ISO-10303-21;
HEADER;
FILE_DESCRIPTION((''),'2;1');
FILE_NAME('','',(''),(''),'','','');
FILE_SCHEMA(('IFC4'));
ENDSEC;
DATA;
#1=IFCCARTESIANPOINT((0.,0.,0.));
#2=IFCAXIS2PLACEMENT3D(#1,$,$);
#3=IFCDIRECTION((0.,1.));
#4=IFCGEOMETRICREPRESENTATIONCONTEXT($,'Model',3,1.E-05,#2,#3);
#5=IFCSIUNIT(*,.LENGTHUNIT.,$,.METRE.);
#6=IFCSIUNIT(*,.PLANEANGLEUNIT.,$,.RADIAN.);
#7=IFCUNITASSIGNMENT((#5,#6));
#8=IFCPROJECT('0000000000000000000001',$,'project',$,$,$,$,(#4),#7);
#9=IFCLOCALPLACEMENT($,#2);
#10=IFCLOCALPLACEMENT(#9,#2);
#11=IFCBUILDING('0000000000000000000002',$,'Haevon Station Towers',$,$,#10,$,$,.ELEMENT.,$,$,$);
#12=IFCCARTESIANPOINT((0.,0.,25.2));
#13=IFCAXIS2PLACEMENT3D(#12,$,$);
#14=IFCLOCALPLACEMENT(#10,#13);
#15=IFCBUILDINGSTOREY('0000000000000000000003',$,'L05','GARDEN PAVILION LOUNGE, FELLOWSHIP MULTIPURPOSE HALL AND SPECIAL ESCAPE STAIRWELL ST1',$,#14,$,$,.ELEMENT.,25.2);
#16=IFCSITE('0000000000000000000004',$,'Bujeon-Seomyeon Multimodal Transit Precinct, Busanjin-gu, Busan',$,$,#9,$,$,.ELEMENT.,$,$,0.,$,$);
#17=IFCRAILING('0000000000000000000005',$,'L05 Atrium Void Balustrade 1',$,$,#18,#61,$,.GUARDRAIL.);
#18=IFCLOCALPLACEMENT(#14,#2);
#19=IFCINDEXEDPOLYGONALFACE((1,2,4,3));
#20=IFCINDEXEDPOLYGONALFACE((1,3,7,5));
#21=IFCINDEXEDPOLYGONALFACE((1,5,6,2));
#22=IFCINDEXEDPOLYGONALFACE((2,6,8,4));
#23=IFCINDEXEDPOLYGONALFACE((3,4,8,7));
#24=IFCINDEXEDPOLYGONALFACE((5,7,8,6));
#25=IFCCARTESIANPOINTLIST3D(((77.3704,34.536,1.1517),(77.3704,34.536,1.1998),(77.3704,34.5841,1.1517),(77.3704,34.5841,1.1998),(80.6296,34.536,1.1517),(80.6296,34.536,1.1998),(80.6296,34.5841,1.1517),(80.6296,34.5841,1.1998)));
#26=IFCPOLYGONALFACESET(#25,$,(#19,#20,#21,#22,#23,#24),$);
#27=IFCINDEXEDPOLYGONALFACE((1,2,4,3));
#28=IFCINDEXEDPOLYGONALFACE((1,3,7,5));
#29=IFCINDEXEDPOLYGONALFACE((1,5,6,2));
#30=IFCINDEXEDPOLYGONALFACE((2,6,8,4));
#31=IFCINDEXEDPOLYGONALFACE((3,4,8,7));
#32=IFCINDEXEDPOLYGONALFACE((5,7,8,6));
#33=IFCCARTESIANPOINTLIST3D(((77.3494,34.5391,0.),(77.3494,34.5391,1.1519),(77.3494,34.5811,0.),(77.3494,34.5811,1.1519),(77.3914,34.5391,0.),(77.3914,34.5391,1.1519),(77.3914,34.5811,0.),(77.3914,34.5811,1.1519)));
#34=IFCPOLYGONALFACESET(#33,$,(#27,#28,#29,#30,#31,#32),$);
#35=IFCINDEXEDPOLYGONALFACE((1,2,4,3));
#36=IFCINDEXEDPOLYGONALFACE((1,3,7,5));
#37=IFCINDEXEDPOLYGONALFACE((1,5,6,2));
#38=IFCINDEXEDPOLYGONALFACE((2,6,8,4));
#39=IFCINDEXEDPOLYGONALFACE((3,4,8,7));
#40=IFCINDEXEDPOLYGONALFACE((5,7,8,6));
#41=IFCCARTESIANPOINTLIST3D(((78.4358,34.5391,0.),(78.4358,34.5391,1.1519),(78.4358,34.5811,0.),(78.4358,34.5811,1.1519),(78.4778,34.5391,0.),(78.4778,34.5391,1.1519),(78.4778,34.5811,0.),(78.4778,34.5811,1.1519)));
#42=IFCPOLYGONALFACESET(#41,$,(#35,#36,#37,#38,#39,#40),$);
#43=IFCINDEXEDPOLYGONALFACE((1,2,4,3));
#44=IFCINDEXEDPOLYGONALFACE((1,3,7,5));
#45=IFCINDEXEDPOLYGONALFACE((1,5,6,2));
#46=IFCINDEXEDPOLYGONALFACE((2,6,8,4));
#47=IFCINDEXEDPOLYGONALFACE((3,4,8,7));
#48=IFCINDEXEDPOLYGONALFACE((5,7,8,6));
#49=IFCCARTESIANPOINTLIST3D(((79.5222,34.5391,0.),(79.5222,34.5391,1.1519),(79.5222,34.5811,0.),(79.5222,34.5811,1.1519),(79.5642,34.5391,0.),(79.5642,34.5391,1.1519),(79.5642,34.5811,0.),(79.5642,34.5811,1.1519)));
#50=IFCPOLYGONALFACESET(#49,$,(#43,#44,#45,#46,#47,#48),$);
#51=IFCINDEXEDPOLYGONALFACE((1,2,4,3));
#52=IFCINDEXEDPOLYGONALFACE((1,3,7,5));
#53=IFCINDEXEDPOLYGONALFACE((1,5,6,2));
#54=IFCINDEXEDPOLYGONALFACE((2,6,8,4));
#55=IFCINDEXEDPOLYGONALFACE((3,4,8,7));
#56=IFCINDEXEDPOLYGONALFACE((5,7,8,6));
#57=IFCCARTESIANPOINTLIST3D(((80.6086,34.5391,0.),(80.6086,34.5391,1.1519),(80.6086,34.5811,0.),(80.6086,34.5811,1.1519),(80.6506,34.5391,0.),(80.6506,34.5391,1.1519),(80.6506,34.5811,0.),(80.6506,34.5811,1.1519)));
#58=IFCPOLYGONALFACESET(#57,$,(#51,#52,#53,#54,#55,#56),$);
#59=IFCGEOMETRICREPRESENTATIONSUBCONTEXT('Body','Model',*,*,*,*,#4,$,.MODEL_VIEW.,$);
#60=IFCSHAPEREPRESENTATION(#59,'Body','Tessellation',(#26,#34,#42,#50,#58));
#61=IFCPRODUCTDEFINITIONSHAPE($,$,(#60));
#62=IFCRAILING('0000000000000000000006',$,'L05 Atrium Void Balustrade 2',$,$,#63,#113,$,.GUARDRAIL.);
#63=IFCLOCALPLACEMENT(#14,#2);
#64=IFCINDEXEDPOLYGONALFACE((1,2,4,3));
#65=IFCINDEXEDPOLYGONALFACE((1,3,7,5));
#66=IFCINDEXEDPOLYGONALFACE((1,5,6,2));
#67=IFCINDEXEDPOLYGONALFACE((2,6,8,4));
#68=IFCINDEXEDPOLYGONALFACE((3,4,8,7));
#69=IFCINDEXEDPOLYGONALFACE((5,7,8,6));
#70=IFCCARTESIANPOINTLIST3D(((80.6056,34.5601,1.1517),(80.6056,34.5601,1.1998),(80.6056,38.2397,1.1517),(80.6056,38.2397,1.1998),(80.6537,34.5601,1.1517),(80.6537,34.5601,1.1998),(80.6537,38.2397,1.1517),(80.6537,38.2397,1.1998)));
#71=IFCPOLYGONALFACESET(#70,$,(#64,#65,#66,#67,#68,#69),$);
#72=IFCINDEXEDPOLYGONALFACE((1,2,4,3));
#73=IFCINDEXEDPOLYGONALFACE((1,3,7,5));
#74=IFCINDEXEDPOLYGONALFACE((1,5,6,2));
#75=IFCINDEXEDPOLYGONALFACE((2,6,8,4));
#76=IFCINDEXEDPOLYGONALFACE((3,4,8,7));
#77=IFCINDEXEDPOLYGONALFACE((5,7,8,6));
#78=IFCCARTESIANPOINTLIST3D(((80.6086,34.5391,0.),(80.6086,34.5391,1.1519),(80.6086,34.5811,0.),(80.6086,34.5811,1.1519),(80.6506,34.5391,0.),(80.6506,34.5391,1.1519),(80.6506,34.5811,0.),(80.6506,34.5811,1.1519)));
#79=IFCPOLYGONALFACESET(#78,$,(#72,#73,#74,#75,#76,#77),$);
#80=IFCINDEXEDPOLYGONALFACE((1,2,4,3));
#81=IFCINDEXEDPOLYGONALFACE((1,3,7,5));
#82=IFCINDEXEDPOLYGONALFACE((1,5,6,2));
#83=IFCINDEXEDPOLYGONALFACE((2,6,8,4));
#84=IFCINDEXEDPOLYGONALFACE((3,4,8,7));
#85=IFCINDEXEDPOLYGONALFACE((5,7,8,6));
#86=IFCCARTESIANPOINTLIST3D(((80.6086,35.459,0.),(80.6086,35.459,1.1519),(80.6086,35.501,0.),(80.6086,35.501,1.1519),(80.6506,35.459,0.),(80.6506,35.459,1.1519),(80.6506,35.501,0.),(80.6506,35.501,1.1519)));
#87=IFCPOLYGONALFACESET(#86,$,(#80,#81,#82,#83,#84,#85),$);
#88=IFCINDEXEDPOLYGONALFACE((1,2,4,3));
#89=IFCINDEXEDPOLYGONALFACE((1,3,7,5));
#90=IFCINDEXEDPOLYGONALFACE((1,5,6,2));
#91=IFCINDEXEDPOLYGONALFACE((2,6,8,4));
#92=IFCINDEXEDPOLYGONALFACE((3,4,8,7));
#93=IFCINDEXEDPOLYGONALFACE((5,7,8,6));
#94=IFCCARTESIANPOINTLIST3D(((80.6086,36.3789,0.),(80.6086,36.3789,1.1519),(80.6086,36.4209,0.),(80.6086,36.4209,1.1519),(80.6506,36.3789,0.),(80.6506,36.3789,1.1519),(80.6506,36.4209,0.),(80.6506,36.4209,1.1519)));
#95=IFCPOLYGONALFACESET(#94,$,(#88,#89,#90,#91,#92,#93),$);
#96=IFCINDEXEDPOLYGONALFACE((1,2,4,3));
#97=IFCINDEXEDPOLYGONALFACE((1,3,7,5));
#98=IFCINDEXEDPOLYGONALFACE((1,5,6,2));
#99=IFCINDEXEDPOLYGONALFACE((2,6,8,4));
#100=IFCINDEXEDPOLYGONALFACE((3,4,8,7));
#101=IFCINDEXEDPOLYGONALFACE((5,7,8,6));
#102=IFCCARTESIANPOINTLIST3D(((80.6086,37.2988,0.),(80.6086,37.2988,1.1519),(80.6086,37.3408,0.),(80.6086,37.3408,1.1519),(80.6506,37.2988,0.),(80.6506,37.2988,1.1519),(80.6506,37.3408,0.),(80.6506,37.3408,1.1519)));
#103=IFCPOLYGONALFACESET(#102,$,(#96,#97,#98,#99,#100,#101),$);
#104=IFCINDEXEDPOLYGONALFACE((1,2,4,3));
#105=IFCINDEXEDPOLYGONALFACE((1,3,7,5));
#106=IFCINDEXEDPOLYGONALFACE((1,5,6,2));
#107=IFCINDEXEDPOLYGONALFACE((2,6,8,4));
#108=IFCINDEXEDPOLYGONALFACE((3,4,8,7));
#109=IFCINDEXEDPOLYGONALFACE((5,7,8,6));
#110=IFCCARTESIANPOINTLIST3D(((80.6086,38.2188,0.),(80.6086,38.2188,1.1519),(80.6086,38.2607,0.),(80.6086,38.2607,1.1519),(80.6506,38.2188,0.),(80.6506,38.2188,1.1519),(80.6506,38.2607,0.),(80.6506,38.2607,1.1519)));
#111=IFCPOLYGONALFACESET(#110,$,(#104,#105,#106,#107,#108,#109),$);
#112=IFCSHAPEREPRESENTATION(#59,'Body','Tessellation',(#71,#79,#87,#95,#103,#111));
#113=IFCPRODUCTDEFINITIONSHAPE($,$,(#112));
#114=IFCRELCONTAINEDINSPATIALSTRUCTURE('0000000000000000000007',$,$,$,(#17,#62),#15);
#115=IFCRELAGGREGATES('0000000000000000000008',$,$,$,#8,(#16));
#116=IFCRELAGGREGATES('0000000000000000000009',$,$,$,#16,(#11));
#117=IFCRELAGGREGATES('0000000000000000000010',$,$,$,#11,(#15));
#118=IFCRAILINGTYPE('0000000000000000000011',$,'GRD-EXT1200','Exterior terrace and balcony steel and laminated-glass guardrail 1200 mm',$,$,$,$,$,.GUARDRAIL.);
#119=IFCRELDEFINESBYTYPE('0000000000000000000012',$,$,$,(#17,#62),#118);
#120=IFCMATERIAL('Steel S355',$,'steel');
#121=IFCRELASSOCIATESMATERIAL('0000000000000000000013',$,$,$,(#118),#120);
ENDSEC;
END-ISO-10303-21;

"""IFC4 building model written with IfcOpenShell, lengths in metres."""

from ifc_helpers import new_model, si_unit, direction, frame, origin, origin_2d, place, context, subcontext, project, spatial, rectangle, extrude, material, type_object, element, save


model = new_model("IFC4")

# Units and contexts
model_context = context("Model", 3, precision=1e-05, world=origin(), true_north=direction((0.0, 1.0)))
body_context = subcontext(model_context, "Body", "Model", "MODEL_VIEW")
ifc_project = project(units=[si_unit("LENGTHUNIT", "METRE"), si_unit("PLANEANGLEUNIT", "RADIAN")], contexts=[model_context])

# Site, building, storey
site_placement = place(None, origin())
site = spatial("IfcSite", under=ifc_project, at=site_placement, Name="Bujeon-Seomyeon Multimodal Transit Precinct, Busanjin-gu, Busan", CompositionType="ELEMENT", RefElevation=0.0)
building_placement = place(site_placement, origin())
building = spatial("IfcBuilding", under=site, at=building_placement, Name="Haevon Station Towers", CompositionType="ELEMENT")
storey_placement = place(building_placement, frame((0.0, 0.0, 25.2)))
storey = spatial("IfcBuildingStorey", under=building, at=storey_placement, Name="L05", Description="GARDEN PAVILION LOUNGE, FELLOWSHIP MULTIPURPOSE HALL AND SPECIAL ESCAPE STAIRWELL ST1", CompositionType="ELEMENT", Elevation=25.2)

# Shared definitions
ifc_material_1 = material(Name="Steel S355", Category="steel")

# Railings
railing_type = type_object("IfcRailingType", Name="GRD-EXT1200", Description="Exterior terrace and balcony steel and laminated-glass guardrail 1200 mm", PredefinedType="GUARDRAIL", material=ifc_material_1)
railing_1_placement = place(storey_placement, frame((77.3704, 34.5601, 0.0)))
element("IfcRailing", 1, at=railing_1_placement, inside=storey, type_object=railing_type, Name="L05 Atrium Void Balustrade 1", PredefinedType="GUARDRAIL", context=body_context, shape_type="SweptSolid", body=[
    extrude(rectangle(XDim=0.0481, YDim=0.0481, at=origin_2d()), frame((0.0, 0.0, 1.1758), z_axis=(1.0, 0.0, 0.0), x_axis=(0.0, 1.0, 0.0)), (0.0, 0.0, 1.0), 3.2593),
    extrude(rectangle(XDim=0.042, YDim=0.042, at=origin_2d()), origin(), (0.0, 0.0, 1.0), 1.1519),
    extrude(rectangle(XDim=0.042, YDim=0.042, at=origin_2d()), frame((1.0864, 0.0, 0.0)), (0.0, 0.0, 1.0), 1.1519),
    extrude(rectangle(XDim=0.042, YDim=0.042, at=origin_2d()), frame((2.1729, 0.0, 0.0)), (0.0, 0.0, 1.0), 1.1519),
    extrude(rectangle(XDim=0.042, YDim=0.042, at=origin_2d()), frame((3.2593, 0.0, 0.0)), (0.0, 0.0, 1.0), 1.1519),
])
railing_2_placement = place(storey_placement, frame((80.6296, 34.5601, 0.0)))
element("IfcRailing", 2, at=railing_2_placement, inside=storey, type_object=railing_type, Name="L05 Atrium Void Balustrade 2", PredefinedType="GUARDRAIL", context=body_context, shape_type="SweptSolid", body=[
    extrude(rectangle(XDim=0.0481, YDim=0.0481, at=origin_2d()), frame((0.0, 0.0, 1.1758), z_axis=(0.0, 1.0, 0.0), x_axis=(-1.0, 0.0, 0.0)), (0.0, 0.0, 1.0), 3.6797),
    extrude(rectangle(XDim=0.042, YDim=0.042, at=origin_2d()), origin(), (0.0, 0.0, 1.0), 1.1519),
    extrude(rectangle(XDim=0.042, YDim=0.042, at=origin_2d()), frame((0.0, 0.9199, 0.0)), (0.0, 0.0, 1.0), 1.1519),
    extrude(rectangle(XDim=0.042, YDim=0.042, at=origin_2d()), frame((0.0, 1.8398, 0.0)), (0.0, 0.0, 1.0), 1.1519),
    extrude(rectangle(XDim=0.042, YDim=0.042, at=origin_2d()), frame((0.0, 2.7598, 0.0)), (0.0, 0.0, 1.0), 1.1519),
    extrude(rectangle(XDim=0.042, YDim=0.042, at=origin_2d()), frame((0.0, 3.6797, 0.0)), (0.0, 0.0, 1.0), 1.1519),
])

save(model, "model.ifc")
